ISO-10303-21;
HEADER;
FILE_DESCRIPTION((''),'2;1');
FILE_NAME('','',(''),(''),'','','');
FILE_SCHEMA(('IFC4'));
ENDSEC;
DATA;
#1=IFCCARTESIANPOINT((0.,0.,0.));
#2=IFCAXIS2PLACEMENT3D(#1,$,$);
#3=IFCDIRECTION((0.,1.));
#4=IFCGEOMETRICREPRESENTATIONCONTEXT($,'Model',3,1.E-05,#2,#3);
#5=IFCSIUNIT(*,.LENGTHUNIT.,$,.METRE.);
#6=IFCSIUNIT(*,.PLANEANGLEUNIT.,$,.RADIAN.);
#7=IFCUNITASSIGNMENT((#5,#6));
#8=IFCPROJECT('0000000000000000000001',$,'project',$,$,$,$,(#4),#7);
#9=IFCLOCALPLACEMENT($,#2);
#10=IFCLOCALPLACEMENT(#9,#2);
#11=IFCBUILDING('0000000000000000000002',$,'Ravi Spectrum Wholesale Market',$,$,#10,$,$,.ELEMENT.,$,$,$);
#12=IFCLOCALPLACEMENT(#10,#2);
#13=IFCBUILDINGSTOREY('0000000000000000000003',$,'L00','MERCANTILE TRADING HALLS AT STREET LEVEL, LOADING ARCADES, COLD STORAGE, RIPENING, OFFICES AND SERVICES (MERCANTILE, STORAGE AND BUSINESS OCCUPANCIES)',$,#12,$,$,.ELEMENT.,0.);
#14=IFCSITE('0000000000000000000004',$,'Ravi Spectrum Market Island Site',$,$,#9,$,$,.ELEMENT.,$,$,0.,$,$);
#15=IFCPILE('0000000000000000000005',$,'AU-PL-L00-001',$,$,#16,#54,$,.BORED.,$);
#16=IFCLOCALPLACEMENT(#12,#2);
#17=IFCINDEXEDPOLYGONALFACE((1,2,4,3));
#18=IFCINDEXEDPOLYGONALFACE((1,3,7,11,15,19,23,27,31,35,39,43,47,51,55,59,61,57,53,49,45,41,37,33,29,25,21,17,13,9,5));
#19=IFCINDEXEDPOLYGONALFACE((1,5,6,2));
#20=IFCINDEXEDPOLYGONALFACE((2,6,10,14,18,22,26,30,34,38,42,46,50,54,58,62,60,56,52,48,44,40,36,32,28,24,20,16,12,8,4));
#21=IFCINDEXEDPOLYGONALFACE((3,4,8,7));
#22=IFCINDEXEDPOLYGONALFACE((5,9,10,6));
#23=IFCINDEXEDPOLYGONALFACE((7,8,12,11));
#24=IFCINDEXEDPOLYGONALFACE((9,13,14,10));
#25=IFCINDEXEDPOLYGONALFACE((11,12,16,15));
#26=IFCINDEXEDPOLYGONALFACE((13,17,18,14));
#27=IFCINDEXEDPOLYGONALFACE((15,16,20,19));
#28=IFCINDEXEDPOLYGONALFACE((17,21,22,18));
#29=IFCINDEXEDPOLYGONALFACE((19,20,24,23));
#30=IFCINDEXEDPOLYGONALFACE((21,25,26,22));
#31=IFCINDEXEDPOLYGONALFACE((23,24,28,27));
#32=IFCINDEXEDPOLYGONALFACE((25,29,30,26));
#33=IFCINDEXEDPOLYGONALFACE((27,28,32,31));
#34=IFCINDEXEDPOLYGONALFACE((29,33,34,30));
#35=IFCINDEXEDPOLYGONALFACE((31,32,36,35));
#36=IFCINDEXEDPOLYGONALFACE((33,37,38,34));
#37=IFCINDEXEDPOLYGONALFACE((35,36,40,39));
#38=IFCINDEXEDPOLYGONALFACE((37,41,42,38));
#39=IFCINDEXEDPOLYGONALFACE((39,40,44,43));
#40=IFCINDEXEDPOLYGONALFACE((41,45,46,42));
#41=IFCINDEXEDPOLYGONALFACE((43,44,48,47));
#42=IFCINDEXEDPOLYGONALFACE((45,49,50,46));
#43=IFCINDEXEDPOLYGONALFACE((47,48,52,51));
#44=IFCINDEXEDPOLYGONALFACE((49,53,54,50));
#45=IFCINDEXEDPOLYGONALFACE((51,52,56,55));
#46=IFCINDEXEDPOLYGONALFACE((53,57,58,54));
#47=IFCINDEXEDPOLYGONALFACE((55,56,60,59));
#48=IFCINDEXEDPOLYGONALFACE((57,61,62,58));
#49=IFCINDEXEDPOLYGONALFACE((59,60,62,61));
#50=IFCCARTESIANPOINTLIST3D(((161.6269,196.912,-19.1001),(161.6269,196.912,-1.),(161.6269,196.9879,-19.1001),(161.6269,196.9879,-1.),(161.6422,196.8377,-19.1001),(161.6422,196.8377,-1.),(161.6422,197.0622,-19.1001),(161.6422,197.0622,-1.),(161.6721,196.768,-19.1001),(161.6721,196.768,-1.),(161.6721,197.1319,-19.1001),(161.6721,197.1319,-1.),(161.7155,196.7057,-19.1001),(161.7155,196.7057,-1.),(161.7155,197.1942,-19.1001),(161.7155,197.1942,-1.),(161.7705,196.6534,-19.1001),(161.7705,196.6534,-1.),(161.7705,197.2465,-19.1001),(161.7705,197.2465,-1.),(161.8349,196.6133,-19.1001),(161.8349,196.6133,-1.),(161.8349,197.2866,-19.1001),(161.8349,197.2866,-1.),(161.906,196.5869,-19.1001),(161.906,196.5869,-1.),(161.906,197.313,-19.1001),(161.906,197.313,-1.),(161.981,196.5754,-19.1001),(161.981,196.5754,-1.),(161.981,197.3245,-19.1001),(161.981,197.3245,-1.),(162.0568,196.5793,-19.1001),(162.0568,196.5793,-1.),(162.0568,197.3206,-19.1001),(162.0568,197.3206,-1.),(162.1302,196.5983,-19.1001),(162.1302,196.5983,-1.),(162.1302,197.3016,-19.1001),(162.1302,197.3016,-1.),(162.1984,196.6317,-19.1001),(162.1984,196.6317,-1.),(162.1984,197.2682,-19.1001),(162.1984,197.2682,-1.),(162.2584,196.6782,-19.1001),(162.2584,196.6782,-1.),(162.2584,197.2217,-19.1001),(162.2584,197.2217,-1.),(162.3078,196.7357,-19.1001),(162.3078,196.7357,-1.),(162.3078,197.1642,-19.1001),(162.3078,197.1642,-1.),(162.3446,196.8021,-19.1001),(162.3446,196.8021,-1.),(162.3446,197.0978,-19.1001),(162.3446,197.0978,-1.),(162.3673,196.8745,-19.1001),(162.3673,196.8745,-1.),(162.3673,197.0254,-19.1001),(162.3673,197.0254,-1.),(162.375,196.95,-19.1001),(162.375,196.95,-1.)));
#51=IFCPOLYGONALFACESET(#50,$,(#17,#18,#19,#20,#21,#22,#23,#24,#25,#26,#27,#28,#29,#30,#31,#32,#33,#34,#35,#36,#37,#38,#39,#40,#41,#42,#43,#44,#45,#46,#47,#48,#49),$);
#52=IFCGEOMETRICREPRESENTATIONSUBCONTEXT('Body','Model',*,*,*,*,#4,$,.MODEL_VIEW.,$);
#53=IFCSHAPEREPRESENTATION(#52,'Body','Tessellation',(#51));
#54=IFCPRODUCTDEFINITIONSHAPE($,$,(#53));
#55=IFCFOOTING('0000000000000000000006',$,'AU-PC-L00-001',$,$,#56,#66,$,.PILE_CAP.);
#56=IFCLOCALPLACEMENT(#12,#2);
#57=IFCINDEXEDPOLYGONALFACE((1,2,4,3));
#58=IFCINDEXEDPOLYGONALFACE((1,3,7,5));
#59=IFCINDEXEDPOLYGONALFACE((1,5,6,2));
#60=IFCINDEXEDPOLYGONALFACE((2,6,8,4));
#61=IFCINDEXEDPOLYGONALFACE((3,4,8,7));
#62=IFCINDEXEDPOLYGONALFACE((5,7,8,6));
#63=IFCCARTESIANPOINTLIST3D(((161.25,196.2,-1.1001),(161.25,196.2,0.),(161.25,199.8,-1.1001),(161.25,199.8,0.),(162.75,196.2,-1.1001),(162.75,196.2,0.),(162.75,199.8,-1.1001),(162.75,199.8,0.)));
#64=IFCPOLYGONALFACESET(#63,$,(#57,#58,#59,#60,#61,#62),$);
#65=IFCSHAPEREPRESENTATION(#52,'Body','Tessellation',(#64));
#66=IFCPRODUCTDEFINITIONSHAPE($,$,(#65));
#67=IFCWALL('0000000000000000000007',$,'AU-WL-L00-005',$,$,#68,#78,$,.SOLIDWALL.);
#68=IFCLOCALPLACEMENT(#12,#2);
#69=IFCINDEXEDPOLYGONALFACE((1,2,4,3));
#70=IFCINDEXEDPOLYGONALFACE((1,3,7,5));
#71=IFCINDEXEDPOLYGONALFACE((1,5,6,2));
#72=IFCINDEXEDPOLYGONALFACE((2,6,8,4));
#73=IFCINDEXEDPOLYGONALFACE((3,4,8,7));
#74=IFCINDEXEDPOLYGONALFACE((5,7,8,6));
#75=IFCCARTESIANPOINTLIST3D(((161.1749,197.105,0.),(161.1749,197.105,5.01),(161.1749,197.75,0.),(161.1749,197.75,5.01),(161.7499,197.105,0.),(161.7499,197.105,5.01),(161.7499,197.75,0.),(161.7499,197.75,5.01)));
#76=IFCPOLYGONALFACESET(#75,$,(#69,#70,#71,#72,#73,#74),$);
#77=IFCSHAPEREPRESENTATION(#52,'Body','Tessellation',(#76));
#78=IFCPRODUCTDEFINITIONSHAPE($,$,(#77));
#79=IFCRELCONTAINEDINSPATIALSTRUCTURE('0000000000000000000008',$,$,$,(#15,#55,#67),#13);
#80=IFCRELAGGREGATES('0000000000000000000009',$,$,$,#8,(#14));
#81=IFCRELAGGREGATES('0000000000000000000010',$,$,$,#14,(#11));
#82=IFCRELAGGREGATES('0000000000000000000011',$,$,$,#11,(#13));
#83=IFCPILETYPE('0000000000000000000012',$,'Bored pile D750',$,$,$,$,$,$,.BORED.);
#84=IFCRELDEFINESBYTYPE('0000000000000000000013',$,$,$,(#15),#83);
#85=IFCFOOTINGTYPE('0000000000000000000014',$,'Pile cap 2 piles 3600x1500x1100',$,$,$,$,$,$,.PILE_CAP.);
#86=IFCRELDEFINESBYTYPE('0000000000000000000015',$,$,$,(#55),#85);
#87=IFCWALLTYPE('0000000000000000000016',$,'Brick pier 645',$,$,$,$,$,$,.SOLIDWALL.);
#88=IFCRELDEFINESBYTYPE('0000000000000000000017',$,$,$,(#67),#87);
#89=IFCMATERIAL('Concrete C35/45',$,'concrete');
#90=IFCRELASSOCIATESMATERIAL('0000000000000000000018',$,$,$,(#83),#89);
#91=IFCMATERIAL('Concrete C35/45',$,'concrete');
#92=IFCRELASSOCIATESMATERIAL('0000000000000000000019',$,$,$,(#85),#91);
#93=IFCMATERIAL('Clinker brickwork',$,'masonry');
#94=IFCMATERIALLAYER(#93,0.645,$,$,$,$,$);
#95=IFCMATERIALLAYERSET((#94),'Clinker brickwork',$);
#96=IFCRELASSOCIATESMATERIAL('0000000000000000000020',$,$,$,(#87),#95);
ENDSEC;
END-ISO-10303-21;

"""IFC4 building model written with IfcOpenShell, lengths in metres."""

from ifc_helpers import new_model, si_unit, direction, frame, frame_2d, origin, origin_2d, place, context, subcontext, project, spatial, rectangle, circle, extrude, material, layer, layer_set, material_profile, profile_set, type_object, element, save


model = new_model("IFC4")

# Units and contexts
model_context = context("Model", 3, precision=1e-05, world=origin(), true_north=direction((0.0, 1.0)))
body_context = subcontext(model_context, "Body", "Model", "MODEL_VIEW")
ifc_project = project(units=[si_unit("LENGTHUNIT", "METRE"), si_unit("PLANEANGLEUNIT", "RADIAN")], contexts=[model_context])

# Site, building, storey
site_placement = place(None, origin())
site = spatial("IfcSite", under=ifc_project, at=site_placement, Name="Ravi Spectrum Market Island Site", CompositionType="ELEMENT", RefElevation=0.0)
building_placement = place(site_placement, origin())
building = spatial("IfcBuilding", under=site, at=building_placement, Name="Ravi Spectrum Wholesale Market", CompositionType="ELEMENT")
storey_placement = place(building_placement, origin())
storey = spatial("IfcBuildingStorey", under=building, at=storey_placement, Name="L00", Description="MERCANTILE TRADING HALLS AT STREET LEVEL, LOADING ARCADES, COLD STORAGE, RIPENING, OFFICES AND SERVICES (MERCANTILE, STORAGE AND BUSINESS OCCUPANCIES)", CompositionType="ELEMENT", Elevation=0.0)

# Pile
ifc_material_1 = material(Name="Concrete C35/45", Category="concrete")
ifc_material_profile = material_profile(ifc_material_1, circle(Radius=0.375, at=origin_2d()))
ifc_profile_set = profile_set([ifc_material_profile], Name="Concrete C35/45")
pile_type = type_object("IfcPileType", Name="Bored pile D750", PredefinedType="BORED", material=ifc_profile_set)
pile_placement = place(storey_placement, frame((162.0, 196.95, -1.0), z_axis=(0.0, 0.0, -1.0), x_axis=(1.0, 0.0, 0.0)))
element("IfcPile", 1, at=pile_placement, inside=storey, type_object=pile_type, Name="AU-PL-L00-001", PredefinedType="BORED", context=body_context, shape_type="SweptSolid", body=[
    extrude(circle(Radius=0.375, at=origin_2d()), origin(), (0.0, 0.0, 1.0), 18.1001),
])

# Footing
ifc_material_2 = material(Name="Concrete C35/45", Category="concrete")
footing_type = type_object("IfcFootingType", Name="Pile cap 2 piles 3600x1500x1100", PredefinedType="PILE_CAP", material=ifc_material_2)
footing_placement = place(storey_placement, frame((162.0, 198.0, -1.1001), z_axis=(0.0, 0.0, 1.0), x_axis=(0.0, 1.0, 0.0)))
element("IfcFooting", 2, at=footing_placement, inside=storey, type_object=footing_type, Name="AU-PC-L00-001", PredefinedType="PILE_CAP", context=body_context, shape_type="SweptSolid", body=[
    extrude(rectangle(XDim=3.6001, YDim=1.5, at=origin_2d()), origin(), (0.0, 0.0, 1.0), 1.1001),
])

# Wall
ifc_material_3 = material(Name="Clinker brickwork", Category="masonry")
ifc_layer_1 = layer(ifc_material_3, 0.645)
ifc_layer_set_1 = layer_set([ifc_layer_1], Name="Clinker brickwork")
wall_type_1 = type_object("IfcWallType", Name="Brick pier 645", PredefinedType="SOLIDWALL", material=ifc_layer_set_1)
wall_1_placement = place(storey_placement, frame((161.75, 197.4275, 0.0), z_axis=(0.0, 0.0, 1.0), x_axis=(-1.0, 0.0, 0.0)))
element("IfcWall", 3, at=wall_1_placement, inside=storey, type_object=wall_type_1, Name="AU-WL-L00-005", PredefinedType="SOLIDWALL", context=body_context, shape_type="SweptSolid", body=[
    extrude(rectangle(XDim=0.575, YDim=0.645, at=frame_2d((0.2876, 0.0))), origin(), (0.0, 0.0, 1.0), 5.01),
])

save(model, "model.ifc")
